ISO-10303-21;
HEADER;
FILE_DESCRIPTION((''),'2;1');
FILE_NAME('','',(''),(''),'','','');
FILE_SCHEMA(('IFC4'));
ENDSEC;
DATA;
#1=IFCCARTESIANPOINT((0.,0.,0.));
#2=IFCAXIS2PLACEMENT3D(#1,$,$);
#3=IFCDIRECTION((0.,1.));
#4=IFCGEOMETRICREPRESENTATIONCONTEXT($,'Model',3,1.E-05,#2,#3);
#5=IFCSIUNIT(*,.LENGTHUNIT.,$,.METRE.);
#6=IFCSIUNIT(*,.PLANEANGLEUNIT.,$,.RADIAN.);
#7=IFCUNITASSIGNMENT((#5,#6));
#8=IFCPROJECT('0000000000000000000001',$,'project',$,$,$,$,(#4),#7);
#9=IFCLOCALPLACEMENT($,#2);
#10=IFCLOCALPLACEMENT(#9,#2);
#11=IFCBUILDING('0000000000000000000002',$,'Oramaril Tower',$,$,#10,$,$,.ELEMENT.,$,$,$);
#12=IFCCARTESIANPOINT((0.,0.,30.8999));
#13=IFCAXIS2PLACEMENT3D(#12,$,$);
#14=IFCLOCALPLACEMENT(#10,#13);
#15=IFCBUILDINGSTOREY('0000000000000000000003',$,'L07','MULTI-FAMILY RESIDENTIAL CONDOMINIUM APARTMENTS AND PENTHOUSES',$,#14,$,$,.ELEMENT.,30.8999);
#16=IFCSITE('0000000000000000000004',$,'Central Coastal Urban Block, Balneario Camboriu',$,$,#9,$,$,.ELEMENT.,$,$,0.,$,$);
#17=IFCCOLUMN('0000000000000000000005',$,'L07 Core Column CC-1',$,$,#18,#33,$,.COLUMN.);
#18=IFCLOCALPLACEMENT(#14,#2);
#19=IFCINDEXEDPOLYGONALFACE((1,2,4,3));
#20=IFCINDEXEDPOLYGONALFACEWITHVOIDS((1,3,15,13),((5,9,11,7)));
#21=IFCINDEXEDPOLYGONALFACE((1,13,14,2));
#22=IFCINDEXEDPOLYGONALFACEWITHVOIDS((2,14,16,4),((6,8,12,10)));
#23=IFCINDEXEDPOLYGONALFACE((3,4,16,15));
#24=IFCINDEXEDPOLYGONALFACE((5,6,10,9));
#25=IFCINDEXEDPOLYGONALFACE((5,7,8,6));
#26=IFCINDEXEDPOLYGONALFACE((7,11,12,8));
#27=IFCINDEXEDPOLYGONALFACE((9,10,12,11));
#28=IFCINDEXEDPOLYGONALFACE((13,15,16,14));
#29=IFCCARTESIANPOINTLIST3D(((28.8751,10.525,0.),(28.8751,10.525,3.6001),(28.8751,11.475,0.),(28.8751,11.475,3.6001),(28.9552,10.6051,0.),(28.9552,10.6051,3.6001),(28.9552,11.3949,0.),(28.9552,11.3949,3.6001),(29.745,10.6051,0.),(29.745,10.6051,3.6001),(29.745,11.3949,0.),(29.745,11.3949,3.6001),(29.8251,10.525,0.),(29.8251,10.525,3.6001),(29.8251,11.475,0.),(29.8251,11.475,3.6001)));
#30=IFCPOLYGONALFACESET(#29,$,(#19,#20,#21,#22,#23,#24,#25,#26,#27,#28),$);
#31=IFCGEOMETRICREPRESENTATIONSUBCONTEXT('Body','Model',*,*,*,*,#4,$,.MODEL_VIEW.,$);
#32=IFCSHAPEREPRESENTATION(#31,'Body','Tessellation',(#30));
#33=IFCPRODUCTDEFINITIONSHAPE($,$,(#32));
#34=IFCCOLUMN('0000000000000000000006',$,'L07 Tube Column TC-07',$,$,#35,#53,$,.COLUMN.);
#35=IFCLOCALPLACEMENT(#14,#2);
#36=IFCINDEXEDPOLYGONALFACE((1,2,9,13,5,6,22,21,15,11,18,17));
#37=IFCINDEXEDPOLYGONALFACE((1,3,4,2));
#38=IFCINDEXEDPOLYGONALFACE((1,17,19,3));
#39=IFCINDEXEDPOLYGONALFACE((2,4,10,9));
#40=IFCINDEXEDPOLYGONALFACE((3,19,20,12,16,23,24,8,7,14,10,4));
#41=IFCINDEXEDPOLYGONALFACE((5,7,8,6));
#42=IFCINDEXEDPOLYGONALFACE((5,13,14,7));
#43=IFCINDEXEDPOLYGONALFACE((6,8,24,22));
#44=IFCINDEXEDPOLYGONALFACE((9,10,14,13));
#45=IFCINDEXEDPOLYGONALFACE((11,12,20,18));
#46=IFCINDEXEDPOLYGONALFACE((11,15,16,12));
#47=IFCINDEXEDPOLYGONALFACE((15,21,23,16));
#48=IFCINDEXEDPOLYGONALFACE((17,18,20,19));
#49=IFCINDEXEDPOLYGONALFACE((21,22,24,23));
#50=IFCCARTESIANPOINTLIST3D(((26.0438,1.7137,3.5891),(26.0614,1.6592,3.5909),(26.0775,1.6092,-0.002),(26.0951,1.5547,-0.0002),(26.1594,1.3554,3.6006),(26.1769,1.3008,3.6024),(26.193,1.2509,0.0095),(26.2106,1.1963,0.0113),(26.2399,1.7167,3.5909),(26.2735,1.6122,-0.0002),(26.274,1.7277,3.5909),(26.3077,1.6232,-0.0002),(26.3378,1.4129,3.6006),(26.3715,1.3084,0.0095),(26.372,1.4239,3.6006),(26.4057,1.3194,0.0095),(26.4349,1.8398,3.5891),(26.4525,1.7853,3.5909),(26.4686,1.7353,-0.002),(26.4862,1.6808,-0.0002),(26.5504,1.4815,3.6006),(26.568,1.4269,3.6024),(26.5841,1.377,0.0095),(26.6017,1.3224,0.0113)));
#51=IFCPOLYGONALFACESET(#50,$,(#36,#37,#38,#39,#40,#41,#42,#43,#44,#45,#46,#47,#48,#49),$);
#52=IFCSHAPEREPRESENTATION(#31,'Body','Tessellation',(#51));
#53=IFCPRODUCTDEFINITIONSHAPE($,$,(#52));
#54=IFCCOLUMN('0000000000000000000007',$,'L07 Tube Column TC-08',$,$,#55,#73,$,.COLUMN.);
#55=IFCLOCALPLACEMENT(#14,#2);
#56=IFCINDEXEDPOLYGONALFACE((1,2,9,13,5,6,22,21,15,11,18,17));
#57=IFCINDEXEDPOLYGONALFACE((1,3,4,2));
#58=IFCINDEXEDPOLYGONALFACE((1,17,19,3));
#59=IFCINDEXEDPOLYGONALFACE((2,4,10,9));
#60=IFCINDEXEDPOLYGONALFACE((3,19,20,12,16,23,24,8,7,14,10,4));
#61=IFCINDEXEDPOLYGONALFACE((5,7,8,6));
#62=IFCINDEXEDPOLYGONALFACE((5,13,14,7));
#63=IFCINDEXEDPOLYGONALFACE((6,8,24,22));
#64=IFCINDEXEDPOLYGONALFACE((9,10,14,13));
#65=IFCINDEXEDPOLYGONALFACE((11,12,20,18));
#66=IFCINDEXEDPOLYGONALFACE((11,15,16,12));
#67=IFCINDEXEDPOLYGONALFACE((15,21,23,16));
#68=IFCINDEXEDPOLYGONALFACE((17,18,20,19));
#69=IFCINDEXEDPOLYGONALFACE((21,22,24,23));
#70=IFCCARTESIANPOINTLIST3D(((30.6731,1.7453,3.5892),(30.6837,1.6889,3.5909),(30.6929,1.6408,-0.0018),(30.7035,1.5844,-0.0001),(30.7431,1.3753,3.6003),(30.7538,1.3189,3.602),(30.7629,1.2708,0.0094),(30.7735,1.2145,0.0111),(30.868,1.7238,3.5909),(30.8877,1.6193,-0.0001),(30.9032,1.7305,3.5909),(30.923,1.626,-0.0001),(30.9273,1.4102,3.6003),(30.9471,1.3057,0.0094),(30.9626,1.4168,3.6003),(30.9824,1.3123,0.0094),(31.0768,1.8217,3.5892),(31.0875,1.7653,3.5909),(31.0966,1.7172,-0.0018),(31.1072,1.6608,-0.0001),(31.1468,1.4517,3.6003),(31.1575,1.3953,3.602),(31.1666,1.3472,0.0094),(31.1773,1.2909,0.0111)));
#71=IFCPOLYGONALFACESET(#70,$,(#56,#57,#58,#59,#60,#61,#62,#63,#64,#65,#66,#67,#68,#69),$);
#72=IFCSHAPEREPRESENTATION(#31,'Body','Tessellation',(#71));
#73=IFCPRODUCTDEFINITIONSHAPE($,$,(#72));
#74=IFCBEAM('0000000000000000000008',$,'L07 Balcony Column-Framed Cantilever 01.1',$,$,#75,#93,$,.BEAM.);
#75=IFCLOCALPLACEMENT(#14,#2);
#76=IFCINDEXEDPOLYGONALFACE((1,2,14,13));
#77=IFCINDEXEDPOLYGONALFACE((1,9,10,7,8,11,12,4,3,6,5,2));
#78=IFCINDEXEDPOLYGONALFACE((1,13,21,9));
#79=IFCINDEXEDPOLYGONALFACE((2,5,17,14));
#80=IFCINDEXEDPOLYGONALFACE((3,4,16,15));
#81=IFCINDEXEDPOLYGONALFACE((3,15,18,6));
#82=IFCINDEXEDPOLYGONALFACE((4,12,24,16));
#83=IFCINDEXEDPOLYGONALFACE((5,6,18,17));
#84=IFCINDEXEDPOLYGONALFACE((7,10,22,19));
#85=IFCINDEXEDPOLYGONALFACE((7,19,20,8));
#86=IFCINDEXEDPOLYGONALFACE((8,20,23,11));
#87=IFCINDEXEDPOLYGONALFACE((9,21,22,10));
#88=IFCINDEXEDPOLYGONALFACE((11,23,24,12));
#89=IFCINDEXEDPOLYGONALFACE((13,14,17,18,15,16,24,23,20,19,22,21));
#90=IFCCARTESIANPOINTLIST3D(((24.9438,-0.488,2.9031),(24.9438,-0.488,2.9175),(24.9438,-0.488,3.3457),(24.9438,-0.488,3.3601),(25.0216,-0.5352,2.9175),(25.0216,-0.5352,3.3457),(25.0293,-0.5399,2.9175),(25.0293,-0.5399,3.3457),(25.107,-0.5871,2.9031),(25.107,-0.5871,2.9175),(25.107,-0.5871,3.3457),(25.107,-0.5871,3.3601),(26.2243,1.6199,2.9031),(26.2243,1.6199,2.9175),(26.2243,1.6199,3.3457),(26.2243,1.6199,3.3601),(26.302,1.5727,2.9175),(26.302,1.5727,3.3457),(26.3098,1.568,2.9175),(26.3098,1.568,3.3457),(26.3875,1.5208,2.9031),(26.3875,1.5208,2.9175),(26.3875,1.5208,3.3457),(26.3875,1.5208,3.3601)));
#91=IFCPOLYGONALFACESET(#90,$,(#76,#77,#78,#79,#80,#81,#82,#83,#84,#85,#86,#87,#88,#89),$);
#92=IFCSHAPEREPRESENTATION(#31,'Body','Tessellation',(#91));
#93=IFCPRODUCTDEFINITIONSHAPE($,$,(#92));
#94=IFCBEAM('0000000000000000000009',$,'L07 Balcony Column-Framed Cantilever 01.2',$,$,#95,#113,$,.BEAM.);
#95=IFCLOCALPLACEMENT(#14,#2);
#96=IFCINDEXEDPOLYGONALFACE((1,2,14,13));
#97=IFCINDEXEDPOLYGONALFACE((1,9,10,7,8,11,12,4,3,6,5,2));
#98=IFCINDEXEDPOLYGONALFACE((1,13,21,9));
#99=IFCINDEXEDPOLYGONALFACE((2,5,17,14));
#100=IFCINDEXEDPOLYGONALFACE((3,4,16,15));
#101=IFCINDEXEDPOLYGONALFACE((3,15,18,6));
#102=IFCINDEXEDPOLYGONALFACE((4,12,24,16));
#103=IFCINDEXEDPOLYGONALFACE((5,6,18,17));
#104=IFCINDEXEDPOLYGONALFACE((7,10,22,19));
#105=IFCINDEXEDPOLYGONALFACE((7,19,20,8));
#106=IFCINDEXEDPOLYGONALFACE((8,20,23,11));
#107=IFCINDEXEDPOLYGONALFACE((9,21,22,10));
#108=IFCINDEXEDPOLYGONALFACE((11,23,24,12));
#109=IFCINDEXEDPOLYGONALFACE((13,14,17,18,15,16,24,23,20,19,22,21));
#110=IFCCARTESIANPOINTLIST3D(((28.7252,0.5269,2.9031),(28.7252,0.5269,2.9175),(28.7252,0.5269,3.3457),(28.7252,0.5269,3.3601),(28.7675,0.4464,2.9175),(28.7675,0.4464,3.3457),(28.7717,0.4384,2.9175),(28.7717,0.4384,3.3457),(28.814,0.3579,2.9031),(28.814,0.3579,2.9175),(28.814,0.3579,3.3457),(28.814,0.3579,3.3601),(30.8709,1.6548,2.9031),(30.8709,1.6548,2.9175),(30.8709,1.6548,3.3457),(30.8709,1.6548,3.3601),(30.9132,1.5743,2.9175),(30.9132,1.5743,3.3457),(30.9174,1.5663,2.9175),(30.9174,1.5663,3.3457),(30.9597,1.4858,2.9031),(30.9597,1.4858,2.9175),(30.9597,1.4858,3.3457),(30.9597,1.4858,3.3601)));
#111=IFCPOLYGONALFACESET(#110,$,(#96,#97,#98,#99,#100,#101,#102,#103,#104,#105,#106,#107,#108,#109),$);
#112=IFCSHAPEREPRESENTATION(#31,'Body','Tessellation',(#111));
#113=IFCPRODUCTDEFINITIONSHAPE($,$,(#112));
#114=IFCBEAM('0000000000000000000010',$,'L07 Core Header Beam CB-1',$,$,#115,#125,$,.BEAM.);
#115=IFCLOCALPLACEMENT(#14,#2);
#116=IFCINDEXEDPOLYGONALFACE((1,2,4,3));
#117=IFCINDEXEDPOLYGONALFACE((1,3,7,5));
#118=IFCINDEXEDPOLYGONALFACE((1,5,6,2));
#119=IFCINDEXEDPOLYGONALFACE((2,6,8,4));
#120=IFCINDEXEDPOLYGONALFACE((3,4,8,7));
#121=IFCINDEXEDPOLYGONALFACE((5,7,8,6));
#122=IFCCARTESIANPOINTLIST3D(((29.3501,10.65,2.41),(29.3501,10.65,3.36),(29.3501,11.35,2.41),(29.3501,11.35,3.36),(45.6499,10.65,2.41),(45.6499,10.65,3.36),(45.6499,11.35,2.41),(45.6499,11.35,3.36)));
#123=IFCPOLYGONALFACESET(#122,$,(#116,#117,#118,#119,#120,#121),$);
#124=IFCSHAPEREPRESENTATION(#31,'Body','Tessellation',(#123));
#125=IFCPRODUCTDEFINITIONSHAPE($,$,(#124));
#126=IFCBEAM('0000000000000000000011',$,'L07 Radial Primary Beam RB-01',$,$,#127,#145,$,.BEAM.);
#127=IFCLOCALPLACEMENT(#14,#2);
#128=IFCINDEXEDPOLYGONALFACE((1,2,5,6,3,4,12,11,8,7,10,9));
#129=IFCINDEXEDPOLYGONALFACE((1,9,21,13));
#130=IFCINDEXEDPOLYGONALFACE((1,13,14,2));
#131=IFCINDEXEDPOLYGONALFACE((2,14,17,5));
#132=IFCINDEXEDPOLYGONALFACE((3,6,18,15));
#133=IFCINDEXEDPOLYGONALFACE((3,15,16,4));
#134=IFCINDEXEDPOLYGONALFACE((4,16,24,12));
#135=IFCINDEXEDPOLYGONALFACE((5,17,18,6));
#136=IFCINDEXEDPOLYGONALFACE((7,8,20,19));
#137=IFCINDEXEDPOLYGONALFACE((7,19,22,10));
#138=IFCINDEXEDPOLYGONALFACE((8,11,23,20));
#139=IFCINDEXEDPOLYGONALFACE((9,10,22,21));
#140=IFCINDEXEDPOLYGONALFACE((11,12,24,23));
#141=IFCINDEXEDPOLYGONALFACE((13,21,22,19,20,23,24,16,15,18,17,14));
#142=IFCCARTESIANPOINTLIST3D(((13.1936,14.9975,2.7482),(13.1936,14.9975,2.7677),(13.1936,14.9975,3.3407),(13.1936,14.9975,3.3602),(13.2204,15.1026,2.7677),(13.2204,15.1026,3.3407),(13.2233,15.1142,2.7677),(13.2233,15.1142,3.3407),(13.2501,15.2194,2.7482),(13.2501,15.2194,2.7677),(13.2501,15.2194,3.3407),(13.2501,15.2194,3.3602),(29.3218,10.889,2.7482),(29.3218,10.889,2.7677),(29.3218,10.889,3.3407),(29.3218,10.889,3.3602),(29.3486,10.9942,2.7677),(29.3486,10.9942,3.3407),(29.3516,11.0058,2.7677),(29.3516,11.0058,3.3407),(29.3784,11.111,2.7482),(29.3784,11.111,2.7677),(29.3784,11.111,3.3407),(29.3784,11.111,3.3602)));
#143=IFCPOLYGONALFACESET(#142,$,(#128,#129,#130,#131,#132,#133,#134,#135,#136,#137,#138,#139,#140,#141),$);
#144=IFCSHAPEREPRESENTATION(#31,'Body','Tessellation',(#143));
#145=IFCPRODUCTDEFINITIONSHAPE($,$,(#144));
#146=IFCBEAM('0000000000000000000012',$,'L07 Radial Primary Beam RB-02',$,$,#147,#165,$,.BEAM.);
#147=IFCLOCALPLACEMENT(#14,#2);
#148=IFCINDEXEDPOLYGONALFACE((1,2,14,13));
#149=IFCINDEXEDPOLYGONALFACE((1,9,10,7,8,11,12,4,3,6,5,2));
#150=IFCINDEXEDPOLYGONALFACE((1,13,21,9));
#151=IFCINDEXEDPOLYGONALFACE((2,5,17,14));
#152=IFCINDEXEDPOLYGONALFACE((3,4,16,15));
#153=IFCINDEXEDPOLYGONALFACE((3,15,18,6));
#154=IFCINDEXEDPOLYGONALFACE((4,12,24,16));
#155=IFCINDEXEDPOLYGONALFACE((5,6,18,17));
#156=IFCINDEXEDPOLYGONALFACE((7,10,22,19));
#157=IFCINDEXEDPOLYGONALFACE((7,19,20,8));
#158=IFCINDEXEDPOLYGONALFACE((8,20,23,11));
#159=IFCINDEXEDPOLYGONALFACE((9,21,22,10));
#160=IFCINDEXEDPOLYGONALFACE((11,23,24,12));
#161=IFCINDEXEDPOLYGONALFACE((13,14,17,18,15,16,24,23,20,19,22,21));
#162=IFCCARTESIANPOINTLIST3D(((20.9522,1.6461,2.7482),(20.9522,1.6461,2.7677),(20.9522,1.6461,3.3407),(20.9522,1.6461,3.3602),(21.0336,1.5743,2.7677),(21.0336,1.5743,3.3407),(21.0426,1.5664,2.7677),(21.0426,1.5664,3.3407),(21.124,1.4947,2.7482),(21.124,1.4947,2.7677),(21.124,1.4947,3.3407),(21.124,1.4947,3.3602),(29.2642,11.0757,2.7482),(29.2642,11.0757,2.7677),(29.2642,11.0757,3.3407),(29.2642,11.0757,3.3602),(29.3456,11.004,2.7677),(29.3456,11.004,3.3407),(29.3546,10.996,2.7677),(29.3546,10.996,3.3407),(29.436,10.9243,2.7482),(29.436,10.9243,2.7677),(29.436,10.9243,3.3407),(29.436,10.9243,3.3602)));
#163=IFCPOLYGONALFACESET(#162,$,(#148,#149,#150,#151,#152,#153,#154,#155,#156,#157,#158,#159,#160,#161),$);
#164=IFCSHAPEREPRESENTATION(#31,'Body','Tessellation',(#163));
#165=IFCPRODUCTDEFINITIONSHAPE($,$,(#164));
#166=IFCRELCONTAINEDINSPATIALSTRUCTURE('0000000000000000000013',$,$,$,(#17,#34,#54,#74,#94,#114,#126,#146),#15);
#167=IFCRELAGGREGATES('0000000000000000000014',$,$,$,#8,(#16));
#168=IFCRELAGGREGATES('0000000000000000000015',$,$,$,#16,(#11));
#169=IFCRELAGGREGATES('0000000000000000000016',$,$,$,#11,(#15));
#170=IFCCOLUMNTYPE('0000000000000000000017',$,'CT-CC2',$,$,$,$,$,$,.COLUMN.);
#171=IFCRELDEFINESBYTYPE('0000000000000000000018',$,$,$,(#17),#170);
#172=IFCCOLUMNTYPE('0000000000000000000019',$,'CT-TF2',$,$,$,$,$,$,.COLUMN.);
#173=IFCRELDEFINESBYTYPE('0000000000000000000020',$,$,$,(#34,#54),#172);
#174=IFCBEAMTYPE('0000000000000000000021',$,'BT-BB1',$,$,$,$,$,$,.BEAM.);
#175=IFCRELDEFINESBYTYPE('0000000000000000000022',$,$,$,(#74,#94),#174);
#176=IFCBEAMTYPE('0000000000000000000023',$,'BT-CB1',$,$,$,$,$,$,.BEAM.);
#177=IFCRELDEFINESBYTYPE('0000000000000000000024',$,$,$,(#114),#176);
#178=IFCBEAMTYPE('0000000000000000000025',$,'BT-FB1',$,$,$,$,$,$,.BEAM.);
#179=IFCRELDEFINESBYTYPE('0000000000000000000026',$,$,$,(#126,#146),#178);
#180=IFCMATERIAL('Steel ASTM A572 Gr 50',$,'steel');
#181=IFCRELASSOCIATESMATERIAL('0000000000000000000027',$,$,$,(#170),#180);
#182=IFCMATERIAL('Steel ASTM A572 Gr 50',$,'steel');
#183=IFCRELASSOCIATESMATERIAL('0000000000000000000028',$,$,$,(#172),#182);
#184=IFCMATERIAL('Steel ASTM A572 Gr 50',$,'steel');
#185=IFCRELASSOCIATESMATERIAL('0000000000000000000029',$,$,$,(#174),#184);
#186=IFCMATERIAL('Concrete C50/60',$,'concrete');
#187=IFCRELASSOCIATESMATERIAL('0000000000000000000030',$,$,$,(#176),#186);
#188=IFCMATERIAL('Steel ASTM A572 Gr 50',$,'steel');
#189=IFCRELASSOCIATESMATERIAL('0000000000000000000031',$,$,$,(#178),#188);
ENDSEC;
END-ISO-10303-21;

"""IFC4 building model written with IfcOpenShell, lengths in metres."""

from ifc_helpers import new_model, si_unit, direction, frame, origin, origin_2d, place, context, subcontext, project, spatial, rectangle, hollow_rectangle, i_section, extrude, material, material_profile, profile_set, type_object, element, save


model = new_model("IFC4")

# Units and contexts
model_context = context("Model", 3, precision=1e-05, world=origin(), true_north=direction((0.0, 1.0)))
body_context = subcontext(model_context, "Body", "Model", "MODEL_VIEW")
ifc_project = project(units=[si_unit("LENGTHUNIT", "METRE"), si_unit("PLANEANGLEUNIT", "RADIAN")], contexts=[model_context])

# Site, building, storey
site_placement = place(None, origin())
site = spatial("IfcSite", under=ifc_project, at=site_placement, Name="Central Coastal Urban Block, Balneario Camboriu", CompositionType="ELEMENT", RefElevation=0.0)
building_placement = place(site_placement, origin())
building = spatial("IfcBuilding", under=site, at=building_placement, Name="Oramaril Tower", CompositionType="ELEMENT")
storey_placement = place(building_placement, frame((0.0, 0.0, 30.8999)))
storey = spatial("IfcBuildingStorey", under=building, at=storey_placement, Name="L07", Description="MULTI-FAMILY RESIDENTIAL CONDOMINIUM APARTMENTS AND PENTHOUSES", CompositionType="ELEMENT", Elevation=30.8999)

# Columns
ifc_material_1 = material(Name="Steel ASTM A572 Gr 50", Category="steel")
ifc_material_profile_1 = material_profile(ifc_material_1, hollow_rectangle(XDim=0.95, YDim=0.95, WallThickness=0.0801, at=origin_2d()), Name="BOX950X950X80")
ifc_profile_set_1 = profile_set([ifc_material_profile_1], Name="Steel ASTM A572 Gr 50")
column_type_1 = type_object("IfcColumnType", Name="CT-CC2", PredefinedType="COLUMN", material=ifc_profile_set_1)
column_1_placement = place(storey_placement, frame((29.3501, 11.0, 0.0), z_axis=(0.0, 0.0, 1.0), x_axis=(1.0, 0.0, 0.0)))
element("IfcColumn", 1, at=column_1_placement, inside=storey, type_object=column_type_1, Name="L07 Core Column CC-1", PredefinedType="COLUMN", context=body_context, shape_type="SweptSolid", body=[
    extrude(hollow_rectangle(XDim=0.95, YDim=0.95, WallThickness=0.0801, at=origin_2d()), origin(), (0.0, 0.0, 1.0), 3.6001),
])
ifc_material_2 = material(Name="Steel ASTM A572 Gr 50", Category="steel")
ifc_material_profile_2 = material_profile(ifc_material_2, i_section(OverallWidth=0.4109, OverallDepth=0.4341, WebThickness=0.0359, FlangeThickness=0.0574, at=origin_2d()), Name="W14X311")
ifc_profile_set_2 = profile_set([ifc_material_profile_2], Name="Steel ASTM A572 Gr 50")
column_type_2 = type_object("IfcColumnType", Name="CT-TF2", PredefinedType="COLUMN", material=ifc_profile_set_2)
column_2_placement = place(storey_placement, frame((26.3396, 1.4658, 0.0046), z_axis=(-0.009378, 0.029084, 0.999533), x_axis=(-0.951751, -0.306873, 0.0)))
element("IfcColumn", 2, at=column_2_placement, inside=storey, type_object=column_type_2, Name="L07 Tube Column TC-07", PredefinedType="COLUMN", context=body_context, shape_type="SweptSolid", body=[
    extrude(i_section(OverallWidth=0.4109, OverallDepth=0.4341, WebThickness=0.0359, FlangeThickness=0.0574, at=origin_2d()), origin(), (0.0, 0.0, 1.0), 3.5928),
])
column_3_placement = place(storey_placement, frame((30.9351, 1.4658, 0.0046), z_axis=(-0.005504, 0.029085, 0.999562), x_axis=(-0.982559, -0.185952, 0.0)))
element("IfcColumn", 3, at=column_3_placement, inside=storey, type_object=column_type_2, Name="L07 Tube Column TC-08", PredefinedType="COLUMN", context=body_context, shape_type="SweptSolid", body=[
    extrude(i_section(OverallWidth=0.4109, OverallDepth=0.4341, WebThickness=0.0359, FlangeThickness=0.0574, at=origin_2d()), origin(), (0.0, 0.0, 1.0), 3.5925),
])

# Beams
ifc_material_3 = material(Name="Steel ASTM A572 Gr 50", Category="steel")
ifc_material_profile_3 = material_profile(ifc_material_3, i_section(OverallWidth=0.1909, OverallDepth=0.457, WebThickness=0.009, FlangeThickness=0.0144, at=origin_2d()), Name="W18X50")
ifc_profile_set_3 = profile_set([ifc_material_profile_3], Name="Steel ASTM A572 Gr 50")
beam_type_1 = type_object("IfcBeamType", Name="BT-BB1", PredefinedType="BEAM", material=ifc_profile_set_3)
beam_1_placement = place(storey_placement, frame((26.3059, 1.5703, 3.1316), z_axis=(-0.51919, -0.854659, 0.0), x_axis=(0.854659, -0.51919, 0.0)))
element("IfcBeam", 4, at=beam_1_placement, inside=storey, type_object=beam_type_1, Name="L07 Balcony Column-Framed Cantilever 01.1", PredefinedType="BEAM", context=body_context, shape_type="SweptSolid", body=[
    extrude(i_section(OverallWidth=0.1909, OverallDepth=0.457, WebThickness=0.009, FlangeThickness=0.0144, at=origin_2d()), origin(), (0.0, 0.0, 1.0), 2.4663),
])
beam_2_placement = place(storey_placement, frame((30.9153, 1.5703, 3.1316), z_axis=(-0.885158, -0.46529, 0.0), x_axis=(0.46529, -0.885158, 0.0)))
element("IfcBeam", 5, at=beam_2_placement, inside=storey, type_object=beam_type_1, Name="L07 Balcony Column-Framed Cantilever 01.2", PredefinedType="BEAM", context=body_context, shape_type="SweptSolid", body=[
    extrude(i_section(OverallWidth=0.1909, OverallDepth=0.457, WebThickness=0.009, FlangeThickness=0.0144, at=origin_2d()), origin(), (0.0, 0.0, 1.0), 2.4241),
])
ifc_material_4 = material(Name="Concrete C50/60", Category="concrete")
ifc_material_profile_4 = material_profile(ifc_material_4, rectangle(XDim=0.7, YDim=0.95, at=origin_2d()), Name="CB700X950")
ifc_profile_set_4 = profile_set([ifc_material_profile_4], Name="Concrete C50/60")
beam_type_2 = type_object("IfcBeamType", Name="BT-CB1", PredefinedType="BEAM", material=ifc_profile_set_4)
beam_3_placement = place(storey_placement, frame((29.3501, 11.0, 2.885), z_axis=(1.0, 0.0, 0.0), x_axis=(0.0, 1.0, 0.0)))
element("IfcBeam", 6, at=beam_3_placement, inside=storey, type_object=beam_type_2, Name="L07 Core Header Beam CB-1", PredefinedType="BEAM", context=body_context, shape_type="SweptSolid", body=[
    extrude(rectangle(XDim=0.7, YDim=0.95, at=origin_2d()), origin(), (0.0, 0.0, 1.0), 16.2998),
])
ifc_material_5 = material(Name="Steel ASTM A572 Gr 50", Category="steel")
ifc_material_profile_5 = material_profile(ifc_material_5, i_section(OverallWidth=0.229, OverallDepth=0.6121, WebThickness=0.012, FlangeThickness=0.0195, at=origin_2d()), Name="W24X84")
ifc_profile_set_5 = profile_set([ifc_material_profile_5], Name="Steel ASTM A572 Gr 50")
beam_type_3 = type_object("IfcBeamType", Name="BT-FB1", PredefinedType="BEAM", material=ifc_profile_set_5)
beam_4_placement = place(storey_placement, frame((29.3501, 11.0, 3.0542), z_axis=(-0.969053, 0.246851, 0.0), x_axis=(-0.246851, -0.969053, 0.0)))
element("IfcBeam", 7, at=beam_4_placement, inside=storey, type_object=beam_type_3, Name="L07 Radial Primary Beam RB-01", PredefinedType="BEAM", context=body_context, shape_type="SweptSolid", body=[
    extrude(i_section(OverallWidth=0.229, OverallDepth=0.6121, WebThickness=0.012, FlangeThickness=0.0195, at=origin_2d()), origin(), (0.0, 0.0, 1.0), 16.6433),
])
beam_5_placement = place(storey_placement, frame((29.3501, 11.0, 3.0542), z_axis=(-0.66125, -0.750165, 0.0), x_axis=(0.750165, -0.66125, 0.0)))
element("IfcBeam", 8, at=beam_5_placement, inside=storey, type_object=beam_type_3, Name="L07 Radial Primary Beam RB-02", PredefinedType="BEAM", context=body_context, shape_type="SweptSolid", body=[
    extrude(i_section(OverallWidth=0.229, OverallDepth=0.6121, WebThickness=0.012, FlangeThickness=0.0195, at=origin_2d()), origin(), (0.0, 0.0, 1.0), 12.5701),
])

save(model, "model.ifc")
